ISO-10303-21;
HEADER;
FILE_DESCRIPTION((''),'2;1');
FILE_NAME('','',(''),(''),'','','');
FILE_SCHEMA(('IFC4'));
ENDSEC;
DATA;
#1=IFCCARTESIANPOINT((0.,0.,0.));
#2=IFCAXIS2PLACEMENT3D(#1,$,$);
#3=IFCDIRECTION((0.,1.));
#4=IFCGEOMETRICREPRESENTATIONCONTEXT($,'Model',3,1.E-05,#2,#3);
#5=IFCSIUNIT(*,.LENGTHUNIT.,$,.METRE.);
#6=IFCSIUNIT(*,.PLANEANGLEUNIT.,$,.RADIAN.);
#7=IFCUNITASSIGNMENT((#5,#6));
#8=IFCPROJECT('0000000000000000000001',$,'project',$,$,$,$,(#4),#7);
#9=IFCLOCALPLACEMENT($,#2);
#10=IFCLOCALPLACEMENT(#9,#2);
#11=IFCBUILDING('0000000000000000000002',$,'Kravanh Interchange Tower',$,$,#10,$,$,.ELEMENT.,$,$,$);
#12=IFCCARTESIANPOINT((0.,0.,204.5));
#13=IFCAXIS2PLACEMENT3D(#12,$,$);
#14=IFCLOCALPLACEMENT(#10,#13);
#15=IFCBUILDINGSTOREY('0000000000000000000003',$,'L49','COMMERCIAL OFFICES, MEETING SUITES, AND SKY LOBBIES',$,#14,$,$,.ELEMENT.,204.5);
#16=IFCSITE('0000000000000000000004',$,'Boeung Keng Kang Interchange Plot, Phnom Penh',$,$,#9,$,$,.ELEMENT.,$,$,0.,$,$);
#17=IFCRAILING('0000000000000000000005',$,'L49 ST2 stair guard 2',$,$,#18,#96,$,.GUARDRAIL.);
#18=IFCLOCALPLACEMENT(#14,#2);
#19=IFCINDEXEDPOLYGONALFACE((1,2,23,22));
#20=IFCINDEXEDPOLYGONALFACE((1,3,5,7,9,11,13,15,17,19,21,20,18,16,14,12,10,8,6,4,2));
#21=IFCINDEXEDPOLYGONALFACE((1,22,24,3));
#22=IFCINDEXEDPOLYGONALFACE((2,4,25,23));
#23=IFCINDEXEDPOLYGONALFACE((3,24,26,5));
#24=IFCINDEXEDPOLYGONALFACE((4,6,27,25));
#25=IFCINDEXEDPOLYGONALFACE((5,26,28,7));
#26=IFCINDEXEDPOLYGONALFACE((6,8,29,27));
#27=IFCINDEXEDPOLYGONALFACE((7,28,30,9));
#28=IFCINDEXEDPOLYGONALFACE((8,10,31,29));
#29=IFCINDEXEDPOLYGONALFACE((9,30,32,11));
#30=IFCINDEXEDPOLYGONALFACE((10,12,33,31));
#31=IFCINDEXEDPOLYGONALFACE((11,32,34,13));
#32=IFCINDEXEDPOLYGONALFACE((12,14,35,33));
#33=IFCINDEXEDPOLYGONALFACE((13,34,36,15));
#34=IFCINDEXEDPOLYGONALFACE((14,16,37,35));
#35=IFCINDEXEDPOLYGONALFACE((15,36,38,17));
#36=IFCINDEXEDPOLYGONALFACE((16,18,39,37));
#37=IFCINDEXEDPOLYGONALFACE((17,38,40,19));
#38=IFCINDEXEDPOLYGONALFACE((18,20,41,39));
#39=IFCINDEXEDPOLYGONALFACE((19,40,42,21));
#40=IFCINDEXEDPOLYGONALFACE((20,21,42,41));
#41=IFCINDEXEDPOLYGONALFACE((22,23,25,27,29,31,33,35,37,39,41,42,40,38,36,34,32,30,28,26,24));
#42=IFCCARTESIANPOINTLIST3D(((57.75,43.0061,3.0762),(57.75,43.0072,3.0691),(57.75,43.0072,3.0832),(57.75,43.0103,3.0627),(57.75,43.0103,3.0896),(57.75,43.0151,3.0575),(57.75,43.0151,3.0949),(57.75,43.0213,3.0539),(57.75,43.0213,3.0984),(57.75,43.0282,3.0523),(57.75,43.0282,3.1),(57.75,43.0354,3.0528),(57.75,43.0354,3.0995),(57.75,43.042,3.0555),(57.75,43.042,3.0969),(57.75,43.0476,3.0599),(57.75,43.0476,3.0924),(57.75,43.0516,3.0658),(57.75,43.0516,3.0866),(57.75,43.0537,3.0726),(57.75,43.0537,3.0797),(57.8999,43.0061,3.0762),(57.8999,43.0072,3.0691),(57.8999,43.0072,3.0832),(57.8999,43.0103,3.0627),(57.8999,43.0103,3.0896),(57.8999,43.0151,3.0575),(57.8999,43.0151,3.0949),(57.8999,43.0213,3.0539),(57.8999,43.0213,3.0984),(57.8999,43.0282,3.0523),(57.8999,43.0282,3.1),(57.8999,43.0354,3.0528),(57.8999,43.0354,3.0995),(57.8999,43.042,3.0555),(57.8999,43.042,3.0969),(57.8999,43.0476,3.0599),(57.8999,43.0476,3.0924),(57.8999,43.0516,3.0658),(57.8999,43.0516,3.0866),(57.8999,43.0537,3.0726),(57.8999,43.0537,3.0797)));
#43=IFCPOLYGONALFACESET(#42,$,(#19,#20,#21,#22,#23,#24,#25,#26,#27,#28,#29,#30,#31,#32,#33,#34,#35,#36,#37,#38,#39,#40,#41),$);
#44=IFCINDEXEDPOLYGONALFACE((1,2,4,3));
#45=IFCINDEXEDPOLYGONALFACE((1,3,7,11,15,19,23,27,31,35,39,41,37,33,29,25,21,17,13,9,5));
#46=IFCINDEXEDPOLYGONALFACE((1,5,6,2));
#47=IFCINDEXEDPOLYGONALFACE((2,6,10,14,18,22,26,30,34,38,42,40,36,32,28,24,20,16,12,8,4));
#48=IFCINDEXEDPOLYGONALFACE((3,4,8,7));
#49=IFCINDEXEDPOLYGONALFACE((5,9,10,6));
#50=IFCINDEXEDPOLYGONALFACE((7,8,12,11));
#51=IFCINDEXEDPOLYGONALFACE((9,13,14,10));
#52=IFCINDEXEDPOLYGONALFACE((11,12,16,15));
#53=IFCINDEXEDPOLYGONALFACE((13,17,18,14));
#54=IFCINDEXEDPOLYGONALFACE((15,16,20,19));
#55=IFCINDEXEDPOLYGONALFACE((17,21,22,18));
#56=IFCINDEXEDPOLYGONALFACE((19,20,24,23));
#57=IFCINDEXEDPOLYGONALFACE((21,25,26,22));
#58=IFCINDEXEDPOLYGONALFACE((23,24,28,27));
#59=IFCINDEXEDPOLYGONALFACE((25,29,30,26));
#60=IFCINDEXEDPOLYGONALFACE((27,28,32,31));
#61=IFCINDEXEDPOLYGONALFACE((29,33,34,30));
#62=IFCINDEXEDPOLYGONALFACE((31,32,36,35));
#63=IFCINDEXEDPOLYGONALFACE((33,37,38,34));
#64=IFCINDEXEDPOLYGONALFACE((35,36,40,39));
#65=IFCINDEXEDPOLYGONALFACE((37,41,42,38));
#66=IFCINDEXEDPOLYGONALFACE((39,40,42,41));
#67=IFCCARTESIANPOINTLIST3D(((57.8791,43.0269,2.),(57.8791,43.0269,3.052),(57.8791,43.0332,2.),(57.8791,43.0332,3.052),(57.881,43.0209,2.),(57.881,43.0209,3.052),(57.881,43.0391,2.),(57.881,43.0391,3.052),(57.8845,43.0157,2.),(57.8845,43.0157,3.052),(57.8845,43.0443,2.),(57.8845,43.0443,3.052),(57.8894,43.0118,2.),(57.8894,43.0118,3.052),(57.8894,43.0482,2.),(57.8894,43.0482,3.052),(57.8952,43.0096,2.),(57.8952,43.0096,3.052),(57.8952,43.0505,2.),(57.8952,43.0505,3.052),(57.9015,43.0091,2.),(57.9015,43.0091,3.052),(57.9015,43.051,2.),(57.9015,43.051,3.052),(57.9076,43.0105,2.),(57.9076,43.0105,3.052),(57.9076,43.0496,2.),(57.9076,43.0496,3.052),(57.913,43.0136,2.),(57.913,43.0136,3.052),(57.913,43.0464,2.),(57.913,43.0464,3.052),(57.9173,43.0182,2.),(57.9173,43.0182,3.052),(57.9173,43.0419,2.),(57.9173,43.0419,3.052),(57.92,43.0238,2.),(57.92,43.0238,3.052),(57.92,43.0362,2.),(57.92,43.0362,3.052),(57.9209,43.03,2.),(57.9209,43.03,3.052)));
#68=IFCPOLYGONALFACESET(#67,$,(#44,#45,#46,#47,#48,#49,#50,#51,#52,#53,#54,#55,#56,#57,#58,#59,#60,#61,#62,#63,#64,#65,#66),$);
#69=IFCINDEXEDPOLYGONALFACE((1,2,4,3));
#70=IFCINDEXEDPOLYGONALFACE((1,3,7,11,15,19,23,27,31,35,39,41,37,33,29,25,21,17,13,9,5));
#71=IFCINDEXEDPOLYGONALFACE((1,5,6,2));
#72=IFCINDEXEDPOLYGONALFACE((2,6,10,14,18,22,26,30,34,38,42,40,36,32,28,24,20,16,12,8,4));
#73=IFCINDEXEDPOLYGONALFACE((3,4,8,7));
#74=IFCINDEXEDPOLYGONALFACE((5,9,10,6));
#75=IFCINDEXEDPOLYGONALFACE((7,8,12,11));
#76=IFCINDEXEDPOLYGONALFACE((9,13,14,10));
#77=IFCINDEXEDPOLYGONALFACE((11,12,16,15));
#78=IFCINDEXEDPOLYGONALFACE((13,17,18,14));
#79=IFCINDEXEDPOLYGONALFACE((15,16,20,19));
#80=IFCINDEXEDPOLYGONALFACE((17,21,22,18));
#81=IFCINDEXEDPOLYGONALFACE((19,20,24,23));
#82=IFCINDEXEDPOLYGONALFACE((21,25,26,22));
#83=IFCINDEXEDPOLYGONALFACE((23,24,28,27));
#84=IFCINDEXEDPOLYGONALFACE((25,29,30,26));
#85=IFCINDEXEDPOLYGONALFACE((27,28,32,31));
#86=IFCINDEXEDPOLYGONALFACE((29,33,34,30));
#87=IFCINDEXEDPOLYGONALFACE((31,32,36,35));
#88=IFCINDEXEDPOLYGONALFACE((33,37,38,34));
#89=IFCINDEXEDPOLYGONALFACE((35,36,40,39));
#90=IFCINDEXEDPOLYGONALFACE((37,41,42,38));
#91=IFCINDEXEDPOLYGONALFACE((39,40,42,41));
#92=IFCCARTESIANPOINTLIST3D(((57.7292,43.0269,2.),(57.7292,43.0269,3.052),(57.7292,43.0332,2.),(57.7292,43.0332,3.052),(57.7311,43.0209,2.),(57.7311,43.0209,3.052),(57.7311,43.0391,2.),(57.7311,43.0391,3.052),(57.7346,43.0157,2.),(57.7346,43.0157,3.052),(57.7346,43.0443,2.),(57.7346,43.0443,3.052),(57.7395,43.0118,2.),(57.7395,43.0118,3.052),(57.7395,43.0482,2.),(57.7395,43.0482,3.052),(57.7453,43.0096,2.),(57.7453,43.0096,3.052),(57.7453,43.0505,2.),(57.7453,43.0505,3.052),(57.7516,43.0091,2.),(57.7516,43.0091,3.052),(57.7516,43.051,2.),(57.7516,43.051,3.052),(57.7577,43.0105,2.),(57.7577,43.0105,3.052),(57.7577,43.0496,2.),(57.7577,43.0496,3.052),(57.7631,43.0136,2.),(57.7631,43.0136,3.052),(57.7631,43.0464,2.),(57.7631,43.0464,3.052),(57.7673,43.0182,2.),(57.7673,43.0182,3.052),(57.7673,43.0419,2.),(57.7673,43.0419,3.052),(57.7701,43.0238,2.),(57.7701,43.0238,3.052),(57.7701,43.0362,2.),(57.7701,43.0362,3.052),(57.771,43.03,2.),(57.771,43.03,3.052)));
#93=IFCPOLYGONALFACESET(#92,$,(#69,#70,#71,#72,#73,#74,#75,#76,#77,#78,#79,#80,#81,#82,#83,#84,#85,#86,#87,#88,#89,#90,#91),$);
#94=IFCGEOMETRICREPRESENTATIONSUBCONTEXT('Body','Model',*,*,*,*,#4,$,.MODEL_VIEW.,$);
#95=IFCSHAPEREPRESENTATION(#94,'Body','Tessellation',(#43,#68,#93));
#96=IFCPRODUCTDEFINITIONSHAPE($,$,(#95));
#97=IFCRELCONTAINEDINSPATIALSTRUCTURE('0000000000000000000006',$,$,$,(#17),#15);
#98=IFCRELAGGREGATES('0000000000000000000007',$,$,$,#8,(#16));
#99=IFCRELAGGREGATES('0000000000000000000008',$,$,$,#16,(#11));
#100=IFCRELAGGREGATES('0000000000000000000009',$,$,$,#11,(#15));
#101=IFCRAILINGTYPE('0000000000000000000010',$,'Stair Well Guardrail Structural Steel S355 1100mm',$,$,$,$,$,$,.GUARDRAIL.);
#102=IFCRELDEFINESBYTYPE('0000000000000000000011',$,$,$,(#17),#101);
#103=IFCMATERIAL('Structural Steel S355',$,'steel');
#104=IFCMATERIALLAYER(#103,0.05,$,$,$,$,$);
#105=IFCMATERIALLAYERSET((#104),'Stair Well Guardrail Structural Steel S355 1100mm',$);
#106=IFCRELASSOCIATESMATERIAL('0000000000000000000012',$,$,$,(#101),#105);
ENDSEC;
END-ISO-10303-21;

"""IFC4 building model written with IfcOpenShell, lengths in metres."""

from ifc_helpers import new_model, si_unit, direction, frame, origin, origin_2d, place, context, subcontext, project, spatial, circle, extrude, material, layer, layer_set, type_object, element, save


model = new_model("IFC4")

# Units and contexts
model_context = context("Model", 3, precision=1e-05, world=origin(), true_north=direction((0.0, 1.0)))
body_context = subcontext(model_context, "Body", "Model", "MODEL_VIEW")
ifc_project = project(units=[si_unit("LENGTHUNIT", "METRE"), si_unit("PLANEANGLEUNIT", "RADIAN")], contexts=[model_context])

# Site, building, storey
site_placement = place(None, origin())
site = spatial("IfcSite", under=ifc_project, at=site_placement, Name="Boeung Keng Kang Interchange Plot, Phnom Penh", CompositionType="ELEMENT", RefElevation=0.0)
building_placement = place(site_placement, origin())
building = spatial("IfcBuilding", under=site, at=building_placement, Name="Kravanh Interchange Tower", CompositionType="ELEMENT")
storey_placement = place(building_placement, frame((0.0, 0.0, 204.5)))
storey = spatial("IfcBuildingStorey", under=building, at=storey_placement, Name="L49", Description="COMMERCIAL OFFICES, MEETING SUITES, AND SKY LOBBIES", CompositionType="ELEMENT", Elevation=204.5)

# Railing
ifc_material_1 = material(Name="Structural Steel S355", Category="steel")
ifc_layer_1 = layer(ifc_material_1, 0.05)
ifc_layer_set_1 = layer_set([ifc_layer_1], Name="Stair Well Guardrail Structural Steel S355 1100mm")
railing_type_1 = type_object("IfcRailingType", Name="Stair Well Guardrail Structural Steel S355 1100mm", PredefinedType="GUARDRAIL", material=ifc_layer_set_1)
railing_1_placement = place(storey_placement, frame((57.8999, 43.03, 2.0)))
element("IfcRailing", 1, at=railing_1_placement, inside=storey, type_object=railing_type_1, Name="L49 ST2 stair guard 2", PredefinedType="GUARDRAIL", context=body_context, shape_type="SweptSolid", body=[
    extrude(circle(Radius=0.0239, at=origin_2d()), frame((0.0, 0.0, 1.0762), z_axis=(-1.0, 0.0, 0.0), x_axis=(0.0, -1.0, 0.0)), (0.0, 0.0, 1.0), 0.1499),
    extrude(circle(Radius=0.021, at=origin_2d()), origin(), (0.0, 0.0, 1.0), 1.052),
    extrude(circle(Radius=0.021, at=origin_2d()), frame((-0.1499, 0.0, 0.0)), (0.0, 0.0, 1.0), 1.052),
])

save(model, "model.ifc")
